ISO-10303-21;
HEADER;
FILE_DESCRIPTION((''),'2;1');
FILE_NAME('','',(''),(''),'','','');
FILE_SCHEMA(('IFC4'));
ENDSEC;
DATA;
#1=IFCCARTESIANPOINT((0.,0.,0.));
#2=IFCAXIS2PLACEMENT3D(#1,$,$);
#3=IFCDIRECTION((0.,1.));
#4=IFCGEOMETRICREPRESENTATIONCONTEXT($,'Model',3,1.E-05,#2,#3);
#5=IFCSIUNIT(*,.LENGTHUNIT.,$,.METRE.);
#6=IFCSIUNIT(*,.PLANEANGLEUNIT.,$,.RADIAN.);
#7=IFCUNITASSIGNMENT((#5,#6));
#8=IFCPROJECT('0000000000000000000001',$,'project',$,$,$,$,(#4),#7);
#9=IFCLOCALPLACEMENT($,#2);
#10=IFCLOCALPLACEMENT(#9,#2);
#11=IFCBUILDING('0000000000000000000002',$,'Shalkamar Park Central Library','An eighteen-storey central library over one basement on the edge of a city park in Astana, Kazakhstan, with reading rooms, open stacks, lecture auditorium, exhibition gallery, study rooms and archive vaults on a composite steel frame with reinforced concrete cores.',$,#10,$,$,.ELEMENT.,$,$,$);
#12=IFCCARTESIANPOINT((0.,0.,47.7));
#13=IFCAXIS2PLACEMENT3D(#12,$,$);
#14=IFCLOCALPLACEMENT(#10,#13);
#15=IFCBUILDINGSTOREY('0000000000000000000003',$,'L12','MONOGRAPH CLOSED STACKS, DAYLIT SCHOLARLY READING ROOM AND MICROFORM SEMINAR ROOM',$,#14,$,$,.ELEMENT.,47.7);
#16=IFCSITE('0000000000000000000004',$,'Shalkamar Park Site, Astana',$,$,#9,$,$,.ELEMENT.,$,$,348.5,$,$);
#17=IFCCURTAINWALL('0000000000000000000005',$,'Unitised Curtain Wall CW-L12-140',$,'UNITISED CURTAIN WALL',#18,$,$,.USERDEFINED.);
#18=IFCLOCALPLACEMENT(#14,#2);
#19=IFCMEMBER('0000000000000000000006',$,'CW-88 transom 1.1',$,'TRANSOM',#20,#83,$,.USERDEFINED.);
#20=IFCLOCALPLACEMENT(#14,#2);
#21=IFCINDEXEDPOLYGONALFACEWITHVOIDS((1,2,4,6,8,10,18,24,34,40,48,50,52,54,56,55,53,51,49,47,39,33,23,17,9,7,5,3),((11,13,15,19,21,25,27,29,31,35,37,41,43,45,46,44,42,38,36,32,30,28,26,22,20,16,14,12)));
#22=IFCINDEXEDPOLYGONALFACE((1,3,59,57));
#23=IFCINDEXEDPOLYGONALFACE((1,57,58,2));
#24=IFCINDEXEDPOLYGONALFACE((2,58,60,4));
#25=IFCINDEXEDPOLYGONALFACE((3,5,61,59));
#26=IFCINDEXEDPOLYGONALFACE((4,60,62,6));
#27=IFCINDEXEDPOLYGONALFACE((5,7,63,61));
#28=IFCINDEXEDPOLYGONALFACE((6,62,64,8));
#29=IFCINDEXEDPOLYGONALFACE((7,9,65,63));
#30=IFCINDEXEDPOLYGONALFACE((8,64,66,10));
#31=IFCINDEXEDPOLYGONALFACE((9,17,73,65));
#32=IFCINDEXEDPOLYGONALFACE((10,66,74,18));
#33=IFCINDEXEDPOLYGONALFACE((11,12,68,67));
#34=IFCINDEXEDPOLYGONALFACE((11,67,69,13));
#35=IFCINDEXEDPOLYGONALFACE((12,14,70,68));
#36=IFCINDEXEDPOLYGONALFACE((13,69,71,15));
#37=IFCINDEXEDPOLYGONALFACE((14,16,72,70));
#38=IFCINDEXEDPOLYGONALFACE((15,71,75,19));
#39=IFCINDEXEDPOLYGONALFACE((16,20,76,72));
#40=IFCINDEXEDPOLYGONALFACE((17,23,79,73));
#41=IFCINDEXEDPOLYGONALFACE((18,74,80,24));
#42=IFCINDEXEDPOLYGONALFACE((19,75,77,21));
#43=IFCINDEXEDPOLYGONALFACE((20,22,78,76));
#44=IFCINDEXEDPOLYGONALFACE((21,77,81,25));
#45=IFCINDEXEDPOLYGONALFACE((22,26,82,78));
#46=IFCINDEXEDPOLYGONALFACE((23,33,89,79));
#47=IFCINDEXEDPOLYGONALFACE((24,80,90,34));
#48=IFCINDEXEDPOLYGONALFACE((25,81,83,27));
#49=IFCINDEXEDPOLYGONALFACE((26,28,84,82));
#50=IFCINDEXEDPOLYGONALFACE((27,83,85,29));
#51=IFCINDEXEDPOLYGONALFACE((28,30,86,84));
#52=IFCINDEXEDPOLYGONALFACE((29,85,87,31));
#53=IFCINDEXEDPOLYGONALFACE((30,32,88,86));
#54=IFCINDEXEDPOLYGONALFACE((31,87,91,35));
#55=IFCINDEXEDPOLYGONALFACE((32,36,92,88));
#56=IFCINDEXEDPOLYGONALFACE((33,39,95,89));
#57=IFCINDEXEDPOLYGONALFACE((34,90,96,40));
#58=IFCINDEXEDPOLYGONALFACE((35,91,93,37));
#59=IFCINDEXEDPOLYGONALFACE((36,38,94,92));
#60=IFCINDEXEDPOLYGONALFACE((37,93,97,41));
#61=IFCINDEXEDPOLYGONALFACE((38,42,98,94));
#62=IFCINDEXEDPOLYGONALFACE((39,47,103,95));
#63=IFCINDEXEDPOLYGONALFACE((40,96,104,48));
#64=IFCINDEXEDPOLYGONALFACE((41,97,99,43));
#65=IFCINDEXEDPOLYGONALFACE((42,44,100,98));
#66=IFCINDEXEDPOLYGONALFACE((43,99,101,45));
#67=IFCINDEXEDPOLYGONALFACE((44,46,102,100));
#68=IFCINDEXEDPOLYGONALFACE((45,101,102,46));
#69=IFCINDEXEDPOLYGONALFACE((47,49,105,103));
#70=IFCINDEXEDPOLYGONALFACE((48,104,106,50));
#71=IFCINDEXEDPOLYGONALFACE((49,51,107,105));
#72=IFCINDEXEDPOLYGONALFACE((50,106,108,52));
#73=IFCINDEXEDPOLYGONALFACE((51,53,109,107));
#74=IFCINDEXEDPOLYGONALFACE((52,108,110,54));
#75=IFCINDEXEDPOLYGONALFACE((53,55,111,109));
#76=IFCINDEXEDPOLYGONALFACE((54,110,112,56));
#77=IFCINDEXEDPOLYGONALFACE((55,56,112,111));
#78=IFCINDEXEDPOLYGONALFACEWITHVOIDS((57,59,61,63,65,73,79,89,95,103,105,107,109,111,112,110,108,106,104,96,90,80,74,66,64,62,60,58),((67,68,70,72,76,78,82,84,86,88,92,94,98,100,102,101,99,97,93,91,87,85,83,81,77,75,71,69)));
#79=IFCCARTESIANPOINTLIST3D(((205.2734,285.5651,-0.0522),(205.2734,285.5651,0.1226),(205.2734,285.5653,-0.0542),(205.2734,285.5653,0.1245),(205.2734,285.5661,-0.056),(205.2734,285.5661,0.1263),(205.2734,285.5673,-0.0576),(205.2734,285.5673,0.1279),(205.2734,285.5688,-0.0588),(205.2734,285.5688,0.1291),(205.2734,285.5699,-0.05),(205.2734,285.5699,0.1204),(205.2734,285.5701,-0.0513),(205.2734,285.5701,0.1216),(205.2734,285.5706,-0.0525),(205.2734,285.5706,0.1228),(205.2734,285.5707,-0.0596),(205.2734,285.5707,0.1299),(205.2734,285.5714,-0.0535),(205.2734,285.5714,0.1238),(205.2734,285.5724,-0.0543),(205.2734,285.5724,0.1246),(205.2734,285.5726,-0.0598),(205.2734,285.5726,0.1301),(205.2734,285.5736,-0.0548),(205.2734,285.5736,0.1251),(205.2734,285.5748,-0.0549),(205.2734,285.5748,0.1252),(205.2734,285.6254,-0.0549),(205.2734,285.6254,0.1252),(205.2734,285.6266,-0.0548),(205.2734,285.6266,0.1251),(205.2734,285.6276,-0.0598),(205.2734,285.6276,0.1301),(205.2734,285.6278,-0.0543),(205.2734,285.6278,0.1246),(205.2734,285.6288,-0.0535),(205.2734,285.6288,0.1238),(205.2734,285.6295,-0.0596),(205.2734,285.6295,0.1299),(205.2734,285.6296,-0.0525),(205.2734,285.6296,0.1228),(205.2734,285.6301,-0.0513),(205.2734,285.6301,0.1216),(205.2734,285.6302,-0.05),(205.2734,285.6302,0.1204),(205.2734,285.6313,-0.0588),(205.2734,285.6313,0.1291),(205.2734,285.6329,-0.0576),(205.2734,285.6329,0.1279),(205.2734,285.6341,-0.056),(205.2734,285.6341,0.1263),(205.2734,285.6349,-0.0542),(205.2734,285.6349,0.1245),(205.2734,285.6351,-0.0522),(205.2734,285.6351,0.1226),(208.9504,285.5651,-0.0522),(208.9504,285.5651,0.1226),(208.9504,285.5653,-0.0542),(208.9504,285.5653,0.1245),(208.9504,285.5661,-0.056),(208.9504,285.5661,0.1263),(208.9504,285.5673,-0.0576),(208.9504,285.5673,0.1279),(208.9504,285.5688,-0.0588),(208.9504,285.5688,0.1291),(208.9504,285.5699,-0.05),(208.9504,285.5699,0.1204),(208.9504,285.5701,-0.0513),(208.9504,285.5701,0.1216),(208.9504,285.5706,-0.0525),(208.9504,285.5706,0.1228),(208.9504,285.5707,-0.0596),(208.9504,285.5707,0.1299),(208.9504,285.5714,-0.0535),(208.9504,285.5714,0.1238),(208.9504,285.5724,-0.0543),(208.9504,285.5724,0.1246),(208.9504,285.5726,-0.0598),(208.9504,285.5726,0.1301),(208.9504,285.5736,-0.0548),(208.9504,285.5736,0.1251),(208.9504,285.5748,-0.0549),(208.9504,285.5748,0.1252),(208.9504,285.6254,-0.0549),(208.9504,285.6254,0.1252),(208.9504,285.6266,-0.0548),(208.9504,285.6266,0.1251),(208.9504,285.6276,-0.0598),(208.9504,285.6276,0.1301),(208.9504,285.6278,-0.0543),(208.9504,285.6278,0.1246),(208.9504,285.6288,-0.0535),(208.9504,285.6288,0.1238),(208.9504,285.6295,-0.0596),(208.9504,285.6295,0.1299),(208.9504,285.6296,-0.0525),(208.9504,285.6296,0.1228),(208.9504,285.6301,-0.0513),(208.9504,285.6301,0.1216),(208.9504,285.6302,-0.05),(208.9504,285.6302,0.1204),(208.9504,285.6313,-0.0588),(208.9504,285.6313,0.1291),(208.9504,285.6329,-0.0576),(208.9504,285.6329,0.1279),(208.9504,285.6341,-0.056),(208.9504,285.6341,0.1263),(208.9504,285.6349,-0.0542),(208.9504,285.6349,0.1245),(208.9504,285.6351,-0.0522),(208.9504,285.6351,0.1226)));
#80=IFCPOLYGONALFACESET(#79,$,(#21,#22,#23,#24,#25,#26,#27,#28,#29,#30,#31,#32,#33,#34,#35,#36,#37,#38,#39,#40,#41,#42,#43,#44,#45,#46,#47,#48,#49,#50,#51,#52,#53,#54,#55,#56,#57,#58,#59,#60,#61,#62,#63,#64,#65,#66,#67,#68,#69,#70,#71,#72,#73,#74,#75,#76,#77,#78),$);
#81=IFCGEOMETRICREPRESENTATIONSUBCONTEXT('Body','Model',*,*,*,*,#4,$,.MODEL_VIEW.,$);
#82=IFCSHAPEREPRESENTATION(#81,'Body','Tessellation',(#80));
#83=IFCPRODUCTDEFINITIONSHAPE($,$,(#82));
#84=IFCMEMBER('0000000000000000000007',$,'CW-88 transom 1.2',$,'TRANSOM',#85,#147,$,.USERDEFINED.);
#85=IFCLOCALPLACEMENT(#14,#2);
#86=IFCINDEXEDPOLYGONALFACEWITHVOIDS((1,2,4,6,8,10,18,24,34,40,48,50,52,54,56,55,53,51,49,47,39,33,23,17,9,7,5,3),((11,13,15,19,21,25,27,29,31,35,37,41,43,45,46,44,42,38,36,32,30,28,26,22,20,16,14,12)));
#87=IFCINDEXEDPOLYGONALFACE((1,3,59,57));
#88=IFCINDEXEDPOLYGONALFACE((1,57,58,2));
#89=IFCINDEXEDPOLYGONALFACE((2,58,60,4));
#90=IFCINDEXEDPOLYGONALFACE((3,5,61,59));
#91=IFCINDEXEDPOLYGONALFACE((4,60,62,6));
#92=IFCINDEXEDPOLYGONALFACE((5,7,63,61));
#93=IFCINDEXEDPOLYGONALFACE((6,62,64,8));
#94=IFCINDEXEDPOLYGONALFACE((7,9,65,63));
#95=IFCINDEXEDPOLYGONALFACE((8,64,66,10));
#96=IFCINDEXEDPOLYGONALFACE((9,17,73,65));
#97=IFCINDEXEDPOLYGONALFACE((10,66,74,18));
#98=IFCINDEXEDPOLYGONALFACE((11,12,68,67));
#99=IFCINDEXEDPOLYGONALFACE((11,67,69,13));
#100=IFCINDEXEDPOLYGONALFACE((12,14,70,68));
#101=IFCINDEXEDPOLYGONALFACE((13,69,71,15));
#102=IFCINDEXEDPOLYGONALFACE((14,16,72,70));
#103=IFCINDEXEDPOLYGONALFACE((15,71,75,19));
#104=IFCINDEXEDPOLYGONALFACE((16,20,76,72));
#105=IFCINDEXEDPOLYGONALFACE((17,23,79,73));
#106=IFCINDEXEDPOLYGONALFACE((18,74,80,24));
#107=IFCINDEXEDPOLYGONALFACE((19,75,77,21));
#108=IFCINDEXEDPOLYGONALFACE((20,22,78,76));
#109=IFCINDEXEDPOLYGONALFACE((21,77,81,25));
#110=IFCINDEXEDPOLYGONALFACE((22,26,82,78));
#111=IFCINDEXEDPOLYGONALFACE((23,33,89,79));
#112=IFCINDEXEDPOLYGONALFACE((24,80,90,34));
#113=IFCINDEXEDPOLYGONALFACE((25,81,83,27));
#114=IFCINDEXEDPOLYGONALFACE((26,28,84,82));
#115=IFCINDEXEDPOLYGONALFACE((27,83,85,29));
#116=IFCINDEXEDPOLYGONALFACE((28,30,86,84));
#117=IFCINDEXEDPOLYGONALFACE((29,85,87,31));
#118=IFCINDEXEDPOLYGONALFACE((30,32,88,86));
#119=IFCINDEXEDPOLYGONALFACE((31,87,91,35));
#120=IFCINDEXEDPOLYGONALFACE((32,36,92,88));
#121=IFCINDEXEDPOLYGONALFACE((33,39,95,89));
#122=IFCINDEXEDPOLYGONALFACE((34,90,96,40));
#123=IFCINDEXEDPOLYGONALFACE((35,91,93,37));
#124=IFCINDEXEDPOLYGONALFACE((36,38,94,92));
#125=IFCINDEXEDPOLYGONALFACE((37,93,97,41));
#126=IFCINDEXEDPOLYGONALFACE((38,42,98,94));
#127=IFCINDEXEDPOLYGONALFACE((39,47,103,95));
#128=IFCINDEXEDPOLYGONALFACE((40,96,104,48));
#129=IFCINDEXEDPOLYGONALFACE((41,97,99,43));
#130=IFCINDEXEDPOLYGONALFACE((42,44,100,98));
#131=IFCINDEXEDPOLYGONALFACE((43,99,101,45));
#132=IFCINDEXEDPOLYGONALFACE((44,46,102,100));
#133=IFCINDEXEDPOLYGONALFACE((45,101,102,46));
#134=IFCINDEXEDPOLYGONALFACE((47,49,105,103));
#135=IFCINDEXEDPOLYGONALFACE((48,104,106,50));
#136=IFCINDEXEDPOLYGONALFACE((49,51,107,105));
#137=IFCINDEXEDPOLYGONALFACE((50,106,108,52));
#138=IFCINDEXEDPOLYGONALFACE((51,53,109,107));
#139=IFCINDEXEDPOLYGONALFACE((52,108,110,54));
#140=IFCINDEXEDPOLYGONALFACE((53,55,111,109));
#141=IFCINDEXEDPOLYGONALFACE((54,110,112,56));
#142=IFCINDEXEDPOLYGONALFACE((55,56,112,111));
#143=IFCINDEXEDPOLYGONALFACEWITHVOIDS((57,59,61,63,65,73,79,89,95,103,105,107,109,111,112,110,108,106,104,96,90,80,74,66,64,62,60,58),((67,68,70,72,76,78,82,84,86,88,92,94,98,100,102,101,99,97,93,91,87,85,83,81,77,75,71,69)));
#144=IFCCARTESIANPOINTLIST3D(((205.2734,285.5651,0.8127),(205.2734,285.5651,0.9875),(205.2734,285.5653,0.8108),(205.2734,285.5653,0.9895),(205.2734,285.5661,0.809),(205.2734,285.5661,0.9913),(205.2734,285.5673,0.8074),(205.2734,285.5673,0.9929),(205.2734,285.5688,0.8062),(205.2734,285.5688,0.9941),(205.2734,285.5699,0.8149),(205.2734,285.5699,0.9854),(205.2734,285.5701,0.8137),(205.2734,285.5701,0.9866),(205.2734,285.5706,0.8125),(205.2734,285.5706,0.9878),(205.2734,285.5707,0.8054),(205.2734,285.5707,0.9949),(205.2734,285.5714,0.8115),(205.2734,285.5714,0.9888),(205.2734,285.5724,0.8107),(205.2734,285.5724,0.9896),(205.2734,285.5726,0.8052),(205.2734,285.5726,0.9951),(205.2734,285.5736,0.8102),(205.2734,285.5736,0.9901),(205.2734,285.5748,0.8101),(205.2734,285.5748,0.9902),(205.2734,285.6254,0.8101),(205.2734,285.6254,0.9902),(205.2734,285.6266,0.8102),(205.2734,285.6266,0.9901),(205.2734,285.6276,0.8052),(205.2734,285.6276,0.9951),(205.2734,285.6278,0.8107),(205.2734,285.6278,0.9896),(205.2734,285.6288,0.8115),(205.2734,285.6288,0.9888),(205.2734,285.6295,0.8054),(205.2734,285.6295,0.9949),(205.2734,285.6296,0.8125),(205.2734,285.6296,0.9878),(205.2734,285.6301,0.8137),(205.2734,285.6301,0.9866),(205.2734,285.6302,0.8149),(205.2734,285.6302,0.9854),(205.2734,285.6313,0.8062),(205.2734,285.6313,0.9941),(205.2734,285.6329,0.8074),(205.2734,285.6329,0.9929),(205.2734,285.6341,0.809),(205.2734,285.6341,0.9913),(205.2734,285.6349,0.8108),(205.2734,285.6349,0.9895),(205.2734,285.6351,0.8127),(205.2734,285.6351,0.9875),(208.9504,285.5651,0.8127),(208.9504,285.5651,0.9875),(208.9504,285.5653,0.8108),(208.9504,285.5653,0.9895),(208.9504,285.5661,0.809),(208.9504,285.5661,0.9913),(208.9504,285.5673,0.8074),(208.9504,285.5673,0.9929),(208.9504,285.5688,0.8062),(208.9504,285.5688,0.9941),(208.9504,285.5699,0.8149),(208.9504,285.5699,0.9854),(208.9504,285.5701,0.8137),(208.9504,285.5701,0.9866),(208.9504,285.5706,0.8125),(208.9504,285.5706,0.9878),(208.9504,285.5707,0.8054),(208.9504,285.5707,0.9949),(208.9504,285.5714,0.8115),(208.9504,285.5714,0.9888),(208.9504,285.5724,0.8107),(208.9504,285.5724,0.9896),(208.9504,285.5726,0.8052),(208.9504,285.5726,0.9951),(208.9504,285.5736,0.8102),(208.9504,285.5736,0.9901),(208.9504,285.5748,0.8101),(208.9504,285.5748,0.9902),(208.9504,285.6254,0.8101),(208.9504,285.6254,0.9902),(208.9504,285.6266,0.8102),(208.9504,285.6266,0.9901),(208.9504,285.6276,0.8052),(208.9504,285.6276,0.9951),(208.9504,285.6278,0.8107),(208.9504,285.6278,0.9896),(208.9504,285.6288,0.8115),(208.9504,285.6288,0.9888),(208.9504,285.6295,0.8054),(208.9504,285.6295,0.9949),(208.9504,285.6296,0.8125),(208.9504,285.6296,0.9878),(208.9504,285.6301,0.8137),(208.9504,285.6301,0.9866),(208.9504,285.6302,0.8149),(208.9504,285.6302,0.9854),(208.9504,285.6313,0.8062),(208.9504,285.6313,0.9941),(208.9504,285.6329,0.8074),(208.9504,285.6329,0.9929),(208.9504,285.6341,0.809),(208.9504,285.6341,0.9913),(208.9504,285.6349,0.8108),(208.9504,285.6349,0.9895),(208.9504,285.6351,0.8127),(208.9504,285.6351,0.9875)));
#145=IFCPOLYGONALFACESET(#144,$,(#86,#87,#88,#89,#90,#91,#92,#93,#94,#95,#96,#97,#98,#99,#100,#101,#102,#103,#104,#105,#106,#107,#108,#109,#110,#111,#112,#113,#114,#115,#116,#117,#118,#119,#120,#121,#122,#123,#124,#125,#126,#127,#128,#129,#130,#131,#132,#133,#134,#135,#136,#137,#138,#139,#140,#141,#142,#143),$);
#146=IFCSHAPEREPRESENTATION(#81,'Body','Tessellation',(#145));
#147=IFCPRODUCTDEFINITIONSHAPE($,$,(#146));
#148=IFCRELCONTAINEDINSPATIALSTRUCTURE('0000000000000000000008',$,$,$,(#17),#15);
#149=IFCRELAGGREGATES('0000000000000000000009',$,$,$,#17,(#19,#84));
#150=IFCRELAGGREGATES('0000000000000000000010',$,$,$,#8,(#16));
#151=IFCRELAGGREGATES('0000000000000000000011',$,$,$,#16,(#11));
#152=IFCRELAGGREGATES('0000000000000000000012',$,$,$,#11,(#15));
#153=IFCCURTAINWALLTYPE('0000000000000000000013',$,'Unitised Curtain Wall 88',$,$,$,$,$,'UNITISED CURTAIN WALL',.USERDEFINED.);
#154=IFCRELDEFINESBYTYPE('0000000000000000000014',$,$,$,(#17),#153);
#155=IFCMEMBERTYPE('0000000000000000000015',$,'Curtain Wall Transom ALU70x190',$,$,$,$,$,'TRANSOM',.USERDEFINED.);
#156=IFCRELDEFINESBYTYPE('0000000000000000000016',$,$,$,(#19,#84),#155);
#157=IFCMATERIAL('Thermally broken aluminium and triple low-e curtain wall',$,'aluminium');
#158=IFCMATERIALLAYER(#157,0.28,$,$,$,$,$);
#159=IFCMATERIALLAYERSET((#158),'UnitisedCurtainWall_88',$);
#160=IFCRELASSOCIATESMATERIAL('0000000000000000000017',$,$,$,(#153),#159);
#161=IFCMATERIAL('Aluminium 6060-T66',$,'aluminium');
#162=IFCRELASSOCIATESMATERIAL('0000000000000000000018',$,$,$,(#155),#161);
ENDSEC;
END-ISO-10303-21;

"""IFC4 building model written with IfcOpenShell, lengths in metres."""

from ifc_helpers import new_model, si_unit, direction, frame, origin, origin_2d, place, context, subcontext, project, spatial, hollow_rectangle, extrude, material, layer, layer_set, material_profile, profile_set, type_object, element, aggregate, save


model = new_model("IFC4")

# Units and contexts
model_context = context("Model", 3, precision=1e-05, world=origin(), true_north=direction((0.0, 1.0)))
body_context = subcontext(model_context, "Body", "Model", "MODEL_VIEW")
ifc_project = project(units=[si_unit("LENGTHUNIT", "METRE"), si_unit("PLANEANGLEUNIT", "RADIAN")], contexts=[model_context])

# Site, building, storey
site_placement = place(None, origin())
site = spatial("IfcSite", under=ifc_project, at=site_placement, Name="Shalkamar Park Site, Astana", CompositionType="ELEMENT", RefElevation=348.5)
building_placement = place(site_placement, origin())
building = spatial("IfcBuilding", under=site, at=building_placement, Name="Shalkamar Park Central Library", Description="An eighteen-storey central library over one basement on the edge of a city park in Astana, Kazakhstan, with reading rooms, open stacks, lecture auditorium, exhibition gallery, study rooms and archive vaults on a composite steel frame with reinforced concrete cores.", CompositionType="ELEMENT")
storey_placement = place(building_placement, frame((0.0, 0.0, 47.7)))
storey = spatial("IfcBuildingStorey", under=building, at=storey_placement, Name="L12", Description="MONOGRAPH CLOSED STACKS, DAYLIT SCHOLARLY READING ROOM AND MICROFORM SEMINAR ROOM", CompositionType="ELEMENT", Elevation=47.7)

# Shared definitions
ifc_material_1 = material(Name="Thermally broken aluminium and triple low-e curtain wall", Category="aluminium")
ifc_material_2 = material(Name="Aluminium 6060-T66", Category="aluminium")

# Curtain wall
ifc_layer_1 = layer(ifc_material_1, 0.28)
ifc_layer_set_1 = layer_set([ifc_layer_1], Name="UnitisedCurtainWall_88")
curtain_wall_type_1 = type_object("IfcCurtainWallType", Name="Unitised Curtain Wall 88", ElementType="UNITISED CURTAIN WALL", PredefinedType="USERDEFINED", material=ifc_layer_set_1)
curtain_wall_1_placement = place(storey_placement, origin())
curtain_wall_1 = element("IfcCurtainWall", 1, at=curtain_wall_1_placement, inside=storey, type_object=curtain_wall_type_1, Name="Unitised Curtain Wall CW-L12-140", ObjectType="UNITISED CURTAIN WALL", PredefinedType="USERDEFINED")

# Members
ifc_material_profile_1 = material_profile(ifc_material_2, hollow_rectangle(XDim=0.0701, YDim=0.1899, WallThickness=0.0049, InnerFilletRadius=0.0049, OuterFilletRadius=0.0076, at=origin_2d()), Name="ALU 70x190x5")
ifc_profile_set_1 = profile_set([ifc_material_profile_1], Name="Aluminium 6060-T66")
member_type_1 = type_object("IfcMemberType", Name="Curtain Wall Transom ALU70x190", ElementType="TRANSOM", PredefinedType="USERDEFINED", material=ifc_profile_set_1)
member_1_placement = place(storey_placement, frame((205.2734, 285.6001, 0.0352), z_axis=(1.0, 0.0, 0.0), x_axis=(0.0, 1.0, 0.0)))
member_1 = element("IfcMember", 2, at=member_1_placement, type_object=member_type_1, Name="CW-88 transom 1.1", ObjectType="TRANSOM", PredefinedType="USERDEFINED", context=body_context, shape_type="SweptSolid", body=[
    extrude(hollow_rectangle(XDim=0.0701, YDim=0.1899, WallThickness=0.0049, InnerFilletRadius=0.0049, OuterFilletRadius=0.0076, at=origin_2d()), origin(), (0.0, 0.0, 1.0), 3.677),
])
member_2_placement = place(storey_placement, frame((205.2734, 285.6001, 0.9001), z_axis=(1.0, 0.0, 0.0), x_axis=(0.0, 1.0, 0.0)))
member_2 = element("IfcMember", 3, at=member_2_placement, type_object=member_type_1, Name="CW-88 transom 1.2", ObjectType="TRANSOM", PredefinedType="USERDEFINED", context=body_context, shape_type="SweptSolid", body=[
    extrude(hollow_rectangle(XDim=0.0701, YDim=0.1899, WallThickness=0.0049, InnerFilletRadius=0.0049, OuterFilletRadius=0.0076, at=origin_2d()), origin(), (0.0, 0.0, 1.0), 3.677),
])
aggregate(curtain_wall_1, [member_1, member_2])

save(model, "model.ifc")
